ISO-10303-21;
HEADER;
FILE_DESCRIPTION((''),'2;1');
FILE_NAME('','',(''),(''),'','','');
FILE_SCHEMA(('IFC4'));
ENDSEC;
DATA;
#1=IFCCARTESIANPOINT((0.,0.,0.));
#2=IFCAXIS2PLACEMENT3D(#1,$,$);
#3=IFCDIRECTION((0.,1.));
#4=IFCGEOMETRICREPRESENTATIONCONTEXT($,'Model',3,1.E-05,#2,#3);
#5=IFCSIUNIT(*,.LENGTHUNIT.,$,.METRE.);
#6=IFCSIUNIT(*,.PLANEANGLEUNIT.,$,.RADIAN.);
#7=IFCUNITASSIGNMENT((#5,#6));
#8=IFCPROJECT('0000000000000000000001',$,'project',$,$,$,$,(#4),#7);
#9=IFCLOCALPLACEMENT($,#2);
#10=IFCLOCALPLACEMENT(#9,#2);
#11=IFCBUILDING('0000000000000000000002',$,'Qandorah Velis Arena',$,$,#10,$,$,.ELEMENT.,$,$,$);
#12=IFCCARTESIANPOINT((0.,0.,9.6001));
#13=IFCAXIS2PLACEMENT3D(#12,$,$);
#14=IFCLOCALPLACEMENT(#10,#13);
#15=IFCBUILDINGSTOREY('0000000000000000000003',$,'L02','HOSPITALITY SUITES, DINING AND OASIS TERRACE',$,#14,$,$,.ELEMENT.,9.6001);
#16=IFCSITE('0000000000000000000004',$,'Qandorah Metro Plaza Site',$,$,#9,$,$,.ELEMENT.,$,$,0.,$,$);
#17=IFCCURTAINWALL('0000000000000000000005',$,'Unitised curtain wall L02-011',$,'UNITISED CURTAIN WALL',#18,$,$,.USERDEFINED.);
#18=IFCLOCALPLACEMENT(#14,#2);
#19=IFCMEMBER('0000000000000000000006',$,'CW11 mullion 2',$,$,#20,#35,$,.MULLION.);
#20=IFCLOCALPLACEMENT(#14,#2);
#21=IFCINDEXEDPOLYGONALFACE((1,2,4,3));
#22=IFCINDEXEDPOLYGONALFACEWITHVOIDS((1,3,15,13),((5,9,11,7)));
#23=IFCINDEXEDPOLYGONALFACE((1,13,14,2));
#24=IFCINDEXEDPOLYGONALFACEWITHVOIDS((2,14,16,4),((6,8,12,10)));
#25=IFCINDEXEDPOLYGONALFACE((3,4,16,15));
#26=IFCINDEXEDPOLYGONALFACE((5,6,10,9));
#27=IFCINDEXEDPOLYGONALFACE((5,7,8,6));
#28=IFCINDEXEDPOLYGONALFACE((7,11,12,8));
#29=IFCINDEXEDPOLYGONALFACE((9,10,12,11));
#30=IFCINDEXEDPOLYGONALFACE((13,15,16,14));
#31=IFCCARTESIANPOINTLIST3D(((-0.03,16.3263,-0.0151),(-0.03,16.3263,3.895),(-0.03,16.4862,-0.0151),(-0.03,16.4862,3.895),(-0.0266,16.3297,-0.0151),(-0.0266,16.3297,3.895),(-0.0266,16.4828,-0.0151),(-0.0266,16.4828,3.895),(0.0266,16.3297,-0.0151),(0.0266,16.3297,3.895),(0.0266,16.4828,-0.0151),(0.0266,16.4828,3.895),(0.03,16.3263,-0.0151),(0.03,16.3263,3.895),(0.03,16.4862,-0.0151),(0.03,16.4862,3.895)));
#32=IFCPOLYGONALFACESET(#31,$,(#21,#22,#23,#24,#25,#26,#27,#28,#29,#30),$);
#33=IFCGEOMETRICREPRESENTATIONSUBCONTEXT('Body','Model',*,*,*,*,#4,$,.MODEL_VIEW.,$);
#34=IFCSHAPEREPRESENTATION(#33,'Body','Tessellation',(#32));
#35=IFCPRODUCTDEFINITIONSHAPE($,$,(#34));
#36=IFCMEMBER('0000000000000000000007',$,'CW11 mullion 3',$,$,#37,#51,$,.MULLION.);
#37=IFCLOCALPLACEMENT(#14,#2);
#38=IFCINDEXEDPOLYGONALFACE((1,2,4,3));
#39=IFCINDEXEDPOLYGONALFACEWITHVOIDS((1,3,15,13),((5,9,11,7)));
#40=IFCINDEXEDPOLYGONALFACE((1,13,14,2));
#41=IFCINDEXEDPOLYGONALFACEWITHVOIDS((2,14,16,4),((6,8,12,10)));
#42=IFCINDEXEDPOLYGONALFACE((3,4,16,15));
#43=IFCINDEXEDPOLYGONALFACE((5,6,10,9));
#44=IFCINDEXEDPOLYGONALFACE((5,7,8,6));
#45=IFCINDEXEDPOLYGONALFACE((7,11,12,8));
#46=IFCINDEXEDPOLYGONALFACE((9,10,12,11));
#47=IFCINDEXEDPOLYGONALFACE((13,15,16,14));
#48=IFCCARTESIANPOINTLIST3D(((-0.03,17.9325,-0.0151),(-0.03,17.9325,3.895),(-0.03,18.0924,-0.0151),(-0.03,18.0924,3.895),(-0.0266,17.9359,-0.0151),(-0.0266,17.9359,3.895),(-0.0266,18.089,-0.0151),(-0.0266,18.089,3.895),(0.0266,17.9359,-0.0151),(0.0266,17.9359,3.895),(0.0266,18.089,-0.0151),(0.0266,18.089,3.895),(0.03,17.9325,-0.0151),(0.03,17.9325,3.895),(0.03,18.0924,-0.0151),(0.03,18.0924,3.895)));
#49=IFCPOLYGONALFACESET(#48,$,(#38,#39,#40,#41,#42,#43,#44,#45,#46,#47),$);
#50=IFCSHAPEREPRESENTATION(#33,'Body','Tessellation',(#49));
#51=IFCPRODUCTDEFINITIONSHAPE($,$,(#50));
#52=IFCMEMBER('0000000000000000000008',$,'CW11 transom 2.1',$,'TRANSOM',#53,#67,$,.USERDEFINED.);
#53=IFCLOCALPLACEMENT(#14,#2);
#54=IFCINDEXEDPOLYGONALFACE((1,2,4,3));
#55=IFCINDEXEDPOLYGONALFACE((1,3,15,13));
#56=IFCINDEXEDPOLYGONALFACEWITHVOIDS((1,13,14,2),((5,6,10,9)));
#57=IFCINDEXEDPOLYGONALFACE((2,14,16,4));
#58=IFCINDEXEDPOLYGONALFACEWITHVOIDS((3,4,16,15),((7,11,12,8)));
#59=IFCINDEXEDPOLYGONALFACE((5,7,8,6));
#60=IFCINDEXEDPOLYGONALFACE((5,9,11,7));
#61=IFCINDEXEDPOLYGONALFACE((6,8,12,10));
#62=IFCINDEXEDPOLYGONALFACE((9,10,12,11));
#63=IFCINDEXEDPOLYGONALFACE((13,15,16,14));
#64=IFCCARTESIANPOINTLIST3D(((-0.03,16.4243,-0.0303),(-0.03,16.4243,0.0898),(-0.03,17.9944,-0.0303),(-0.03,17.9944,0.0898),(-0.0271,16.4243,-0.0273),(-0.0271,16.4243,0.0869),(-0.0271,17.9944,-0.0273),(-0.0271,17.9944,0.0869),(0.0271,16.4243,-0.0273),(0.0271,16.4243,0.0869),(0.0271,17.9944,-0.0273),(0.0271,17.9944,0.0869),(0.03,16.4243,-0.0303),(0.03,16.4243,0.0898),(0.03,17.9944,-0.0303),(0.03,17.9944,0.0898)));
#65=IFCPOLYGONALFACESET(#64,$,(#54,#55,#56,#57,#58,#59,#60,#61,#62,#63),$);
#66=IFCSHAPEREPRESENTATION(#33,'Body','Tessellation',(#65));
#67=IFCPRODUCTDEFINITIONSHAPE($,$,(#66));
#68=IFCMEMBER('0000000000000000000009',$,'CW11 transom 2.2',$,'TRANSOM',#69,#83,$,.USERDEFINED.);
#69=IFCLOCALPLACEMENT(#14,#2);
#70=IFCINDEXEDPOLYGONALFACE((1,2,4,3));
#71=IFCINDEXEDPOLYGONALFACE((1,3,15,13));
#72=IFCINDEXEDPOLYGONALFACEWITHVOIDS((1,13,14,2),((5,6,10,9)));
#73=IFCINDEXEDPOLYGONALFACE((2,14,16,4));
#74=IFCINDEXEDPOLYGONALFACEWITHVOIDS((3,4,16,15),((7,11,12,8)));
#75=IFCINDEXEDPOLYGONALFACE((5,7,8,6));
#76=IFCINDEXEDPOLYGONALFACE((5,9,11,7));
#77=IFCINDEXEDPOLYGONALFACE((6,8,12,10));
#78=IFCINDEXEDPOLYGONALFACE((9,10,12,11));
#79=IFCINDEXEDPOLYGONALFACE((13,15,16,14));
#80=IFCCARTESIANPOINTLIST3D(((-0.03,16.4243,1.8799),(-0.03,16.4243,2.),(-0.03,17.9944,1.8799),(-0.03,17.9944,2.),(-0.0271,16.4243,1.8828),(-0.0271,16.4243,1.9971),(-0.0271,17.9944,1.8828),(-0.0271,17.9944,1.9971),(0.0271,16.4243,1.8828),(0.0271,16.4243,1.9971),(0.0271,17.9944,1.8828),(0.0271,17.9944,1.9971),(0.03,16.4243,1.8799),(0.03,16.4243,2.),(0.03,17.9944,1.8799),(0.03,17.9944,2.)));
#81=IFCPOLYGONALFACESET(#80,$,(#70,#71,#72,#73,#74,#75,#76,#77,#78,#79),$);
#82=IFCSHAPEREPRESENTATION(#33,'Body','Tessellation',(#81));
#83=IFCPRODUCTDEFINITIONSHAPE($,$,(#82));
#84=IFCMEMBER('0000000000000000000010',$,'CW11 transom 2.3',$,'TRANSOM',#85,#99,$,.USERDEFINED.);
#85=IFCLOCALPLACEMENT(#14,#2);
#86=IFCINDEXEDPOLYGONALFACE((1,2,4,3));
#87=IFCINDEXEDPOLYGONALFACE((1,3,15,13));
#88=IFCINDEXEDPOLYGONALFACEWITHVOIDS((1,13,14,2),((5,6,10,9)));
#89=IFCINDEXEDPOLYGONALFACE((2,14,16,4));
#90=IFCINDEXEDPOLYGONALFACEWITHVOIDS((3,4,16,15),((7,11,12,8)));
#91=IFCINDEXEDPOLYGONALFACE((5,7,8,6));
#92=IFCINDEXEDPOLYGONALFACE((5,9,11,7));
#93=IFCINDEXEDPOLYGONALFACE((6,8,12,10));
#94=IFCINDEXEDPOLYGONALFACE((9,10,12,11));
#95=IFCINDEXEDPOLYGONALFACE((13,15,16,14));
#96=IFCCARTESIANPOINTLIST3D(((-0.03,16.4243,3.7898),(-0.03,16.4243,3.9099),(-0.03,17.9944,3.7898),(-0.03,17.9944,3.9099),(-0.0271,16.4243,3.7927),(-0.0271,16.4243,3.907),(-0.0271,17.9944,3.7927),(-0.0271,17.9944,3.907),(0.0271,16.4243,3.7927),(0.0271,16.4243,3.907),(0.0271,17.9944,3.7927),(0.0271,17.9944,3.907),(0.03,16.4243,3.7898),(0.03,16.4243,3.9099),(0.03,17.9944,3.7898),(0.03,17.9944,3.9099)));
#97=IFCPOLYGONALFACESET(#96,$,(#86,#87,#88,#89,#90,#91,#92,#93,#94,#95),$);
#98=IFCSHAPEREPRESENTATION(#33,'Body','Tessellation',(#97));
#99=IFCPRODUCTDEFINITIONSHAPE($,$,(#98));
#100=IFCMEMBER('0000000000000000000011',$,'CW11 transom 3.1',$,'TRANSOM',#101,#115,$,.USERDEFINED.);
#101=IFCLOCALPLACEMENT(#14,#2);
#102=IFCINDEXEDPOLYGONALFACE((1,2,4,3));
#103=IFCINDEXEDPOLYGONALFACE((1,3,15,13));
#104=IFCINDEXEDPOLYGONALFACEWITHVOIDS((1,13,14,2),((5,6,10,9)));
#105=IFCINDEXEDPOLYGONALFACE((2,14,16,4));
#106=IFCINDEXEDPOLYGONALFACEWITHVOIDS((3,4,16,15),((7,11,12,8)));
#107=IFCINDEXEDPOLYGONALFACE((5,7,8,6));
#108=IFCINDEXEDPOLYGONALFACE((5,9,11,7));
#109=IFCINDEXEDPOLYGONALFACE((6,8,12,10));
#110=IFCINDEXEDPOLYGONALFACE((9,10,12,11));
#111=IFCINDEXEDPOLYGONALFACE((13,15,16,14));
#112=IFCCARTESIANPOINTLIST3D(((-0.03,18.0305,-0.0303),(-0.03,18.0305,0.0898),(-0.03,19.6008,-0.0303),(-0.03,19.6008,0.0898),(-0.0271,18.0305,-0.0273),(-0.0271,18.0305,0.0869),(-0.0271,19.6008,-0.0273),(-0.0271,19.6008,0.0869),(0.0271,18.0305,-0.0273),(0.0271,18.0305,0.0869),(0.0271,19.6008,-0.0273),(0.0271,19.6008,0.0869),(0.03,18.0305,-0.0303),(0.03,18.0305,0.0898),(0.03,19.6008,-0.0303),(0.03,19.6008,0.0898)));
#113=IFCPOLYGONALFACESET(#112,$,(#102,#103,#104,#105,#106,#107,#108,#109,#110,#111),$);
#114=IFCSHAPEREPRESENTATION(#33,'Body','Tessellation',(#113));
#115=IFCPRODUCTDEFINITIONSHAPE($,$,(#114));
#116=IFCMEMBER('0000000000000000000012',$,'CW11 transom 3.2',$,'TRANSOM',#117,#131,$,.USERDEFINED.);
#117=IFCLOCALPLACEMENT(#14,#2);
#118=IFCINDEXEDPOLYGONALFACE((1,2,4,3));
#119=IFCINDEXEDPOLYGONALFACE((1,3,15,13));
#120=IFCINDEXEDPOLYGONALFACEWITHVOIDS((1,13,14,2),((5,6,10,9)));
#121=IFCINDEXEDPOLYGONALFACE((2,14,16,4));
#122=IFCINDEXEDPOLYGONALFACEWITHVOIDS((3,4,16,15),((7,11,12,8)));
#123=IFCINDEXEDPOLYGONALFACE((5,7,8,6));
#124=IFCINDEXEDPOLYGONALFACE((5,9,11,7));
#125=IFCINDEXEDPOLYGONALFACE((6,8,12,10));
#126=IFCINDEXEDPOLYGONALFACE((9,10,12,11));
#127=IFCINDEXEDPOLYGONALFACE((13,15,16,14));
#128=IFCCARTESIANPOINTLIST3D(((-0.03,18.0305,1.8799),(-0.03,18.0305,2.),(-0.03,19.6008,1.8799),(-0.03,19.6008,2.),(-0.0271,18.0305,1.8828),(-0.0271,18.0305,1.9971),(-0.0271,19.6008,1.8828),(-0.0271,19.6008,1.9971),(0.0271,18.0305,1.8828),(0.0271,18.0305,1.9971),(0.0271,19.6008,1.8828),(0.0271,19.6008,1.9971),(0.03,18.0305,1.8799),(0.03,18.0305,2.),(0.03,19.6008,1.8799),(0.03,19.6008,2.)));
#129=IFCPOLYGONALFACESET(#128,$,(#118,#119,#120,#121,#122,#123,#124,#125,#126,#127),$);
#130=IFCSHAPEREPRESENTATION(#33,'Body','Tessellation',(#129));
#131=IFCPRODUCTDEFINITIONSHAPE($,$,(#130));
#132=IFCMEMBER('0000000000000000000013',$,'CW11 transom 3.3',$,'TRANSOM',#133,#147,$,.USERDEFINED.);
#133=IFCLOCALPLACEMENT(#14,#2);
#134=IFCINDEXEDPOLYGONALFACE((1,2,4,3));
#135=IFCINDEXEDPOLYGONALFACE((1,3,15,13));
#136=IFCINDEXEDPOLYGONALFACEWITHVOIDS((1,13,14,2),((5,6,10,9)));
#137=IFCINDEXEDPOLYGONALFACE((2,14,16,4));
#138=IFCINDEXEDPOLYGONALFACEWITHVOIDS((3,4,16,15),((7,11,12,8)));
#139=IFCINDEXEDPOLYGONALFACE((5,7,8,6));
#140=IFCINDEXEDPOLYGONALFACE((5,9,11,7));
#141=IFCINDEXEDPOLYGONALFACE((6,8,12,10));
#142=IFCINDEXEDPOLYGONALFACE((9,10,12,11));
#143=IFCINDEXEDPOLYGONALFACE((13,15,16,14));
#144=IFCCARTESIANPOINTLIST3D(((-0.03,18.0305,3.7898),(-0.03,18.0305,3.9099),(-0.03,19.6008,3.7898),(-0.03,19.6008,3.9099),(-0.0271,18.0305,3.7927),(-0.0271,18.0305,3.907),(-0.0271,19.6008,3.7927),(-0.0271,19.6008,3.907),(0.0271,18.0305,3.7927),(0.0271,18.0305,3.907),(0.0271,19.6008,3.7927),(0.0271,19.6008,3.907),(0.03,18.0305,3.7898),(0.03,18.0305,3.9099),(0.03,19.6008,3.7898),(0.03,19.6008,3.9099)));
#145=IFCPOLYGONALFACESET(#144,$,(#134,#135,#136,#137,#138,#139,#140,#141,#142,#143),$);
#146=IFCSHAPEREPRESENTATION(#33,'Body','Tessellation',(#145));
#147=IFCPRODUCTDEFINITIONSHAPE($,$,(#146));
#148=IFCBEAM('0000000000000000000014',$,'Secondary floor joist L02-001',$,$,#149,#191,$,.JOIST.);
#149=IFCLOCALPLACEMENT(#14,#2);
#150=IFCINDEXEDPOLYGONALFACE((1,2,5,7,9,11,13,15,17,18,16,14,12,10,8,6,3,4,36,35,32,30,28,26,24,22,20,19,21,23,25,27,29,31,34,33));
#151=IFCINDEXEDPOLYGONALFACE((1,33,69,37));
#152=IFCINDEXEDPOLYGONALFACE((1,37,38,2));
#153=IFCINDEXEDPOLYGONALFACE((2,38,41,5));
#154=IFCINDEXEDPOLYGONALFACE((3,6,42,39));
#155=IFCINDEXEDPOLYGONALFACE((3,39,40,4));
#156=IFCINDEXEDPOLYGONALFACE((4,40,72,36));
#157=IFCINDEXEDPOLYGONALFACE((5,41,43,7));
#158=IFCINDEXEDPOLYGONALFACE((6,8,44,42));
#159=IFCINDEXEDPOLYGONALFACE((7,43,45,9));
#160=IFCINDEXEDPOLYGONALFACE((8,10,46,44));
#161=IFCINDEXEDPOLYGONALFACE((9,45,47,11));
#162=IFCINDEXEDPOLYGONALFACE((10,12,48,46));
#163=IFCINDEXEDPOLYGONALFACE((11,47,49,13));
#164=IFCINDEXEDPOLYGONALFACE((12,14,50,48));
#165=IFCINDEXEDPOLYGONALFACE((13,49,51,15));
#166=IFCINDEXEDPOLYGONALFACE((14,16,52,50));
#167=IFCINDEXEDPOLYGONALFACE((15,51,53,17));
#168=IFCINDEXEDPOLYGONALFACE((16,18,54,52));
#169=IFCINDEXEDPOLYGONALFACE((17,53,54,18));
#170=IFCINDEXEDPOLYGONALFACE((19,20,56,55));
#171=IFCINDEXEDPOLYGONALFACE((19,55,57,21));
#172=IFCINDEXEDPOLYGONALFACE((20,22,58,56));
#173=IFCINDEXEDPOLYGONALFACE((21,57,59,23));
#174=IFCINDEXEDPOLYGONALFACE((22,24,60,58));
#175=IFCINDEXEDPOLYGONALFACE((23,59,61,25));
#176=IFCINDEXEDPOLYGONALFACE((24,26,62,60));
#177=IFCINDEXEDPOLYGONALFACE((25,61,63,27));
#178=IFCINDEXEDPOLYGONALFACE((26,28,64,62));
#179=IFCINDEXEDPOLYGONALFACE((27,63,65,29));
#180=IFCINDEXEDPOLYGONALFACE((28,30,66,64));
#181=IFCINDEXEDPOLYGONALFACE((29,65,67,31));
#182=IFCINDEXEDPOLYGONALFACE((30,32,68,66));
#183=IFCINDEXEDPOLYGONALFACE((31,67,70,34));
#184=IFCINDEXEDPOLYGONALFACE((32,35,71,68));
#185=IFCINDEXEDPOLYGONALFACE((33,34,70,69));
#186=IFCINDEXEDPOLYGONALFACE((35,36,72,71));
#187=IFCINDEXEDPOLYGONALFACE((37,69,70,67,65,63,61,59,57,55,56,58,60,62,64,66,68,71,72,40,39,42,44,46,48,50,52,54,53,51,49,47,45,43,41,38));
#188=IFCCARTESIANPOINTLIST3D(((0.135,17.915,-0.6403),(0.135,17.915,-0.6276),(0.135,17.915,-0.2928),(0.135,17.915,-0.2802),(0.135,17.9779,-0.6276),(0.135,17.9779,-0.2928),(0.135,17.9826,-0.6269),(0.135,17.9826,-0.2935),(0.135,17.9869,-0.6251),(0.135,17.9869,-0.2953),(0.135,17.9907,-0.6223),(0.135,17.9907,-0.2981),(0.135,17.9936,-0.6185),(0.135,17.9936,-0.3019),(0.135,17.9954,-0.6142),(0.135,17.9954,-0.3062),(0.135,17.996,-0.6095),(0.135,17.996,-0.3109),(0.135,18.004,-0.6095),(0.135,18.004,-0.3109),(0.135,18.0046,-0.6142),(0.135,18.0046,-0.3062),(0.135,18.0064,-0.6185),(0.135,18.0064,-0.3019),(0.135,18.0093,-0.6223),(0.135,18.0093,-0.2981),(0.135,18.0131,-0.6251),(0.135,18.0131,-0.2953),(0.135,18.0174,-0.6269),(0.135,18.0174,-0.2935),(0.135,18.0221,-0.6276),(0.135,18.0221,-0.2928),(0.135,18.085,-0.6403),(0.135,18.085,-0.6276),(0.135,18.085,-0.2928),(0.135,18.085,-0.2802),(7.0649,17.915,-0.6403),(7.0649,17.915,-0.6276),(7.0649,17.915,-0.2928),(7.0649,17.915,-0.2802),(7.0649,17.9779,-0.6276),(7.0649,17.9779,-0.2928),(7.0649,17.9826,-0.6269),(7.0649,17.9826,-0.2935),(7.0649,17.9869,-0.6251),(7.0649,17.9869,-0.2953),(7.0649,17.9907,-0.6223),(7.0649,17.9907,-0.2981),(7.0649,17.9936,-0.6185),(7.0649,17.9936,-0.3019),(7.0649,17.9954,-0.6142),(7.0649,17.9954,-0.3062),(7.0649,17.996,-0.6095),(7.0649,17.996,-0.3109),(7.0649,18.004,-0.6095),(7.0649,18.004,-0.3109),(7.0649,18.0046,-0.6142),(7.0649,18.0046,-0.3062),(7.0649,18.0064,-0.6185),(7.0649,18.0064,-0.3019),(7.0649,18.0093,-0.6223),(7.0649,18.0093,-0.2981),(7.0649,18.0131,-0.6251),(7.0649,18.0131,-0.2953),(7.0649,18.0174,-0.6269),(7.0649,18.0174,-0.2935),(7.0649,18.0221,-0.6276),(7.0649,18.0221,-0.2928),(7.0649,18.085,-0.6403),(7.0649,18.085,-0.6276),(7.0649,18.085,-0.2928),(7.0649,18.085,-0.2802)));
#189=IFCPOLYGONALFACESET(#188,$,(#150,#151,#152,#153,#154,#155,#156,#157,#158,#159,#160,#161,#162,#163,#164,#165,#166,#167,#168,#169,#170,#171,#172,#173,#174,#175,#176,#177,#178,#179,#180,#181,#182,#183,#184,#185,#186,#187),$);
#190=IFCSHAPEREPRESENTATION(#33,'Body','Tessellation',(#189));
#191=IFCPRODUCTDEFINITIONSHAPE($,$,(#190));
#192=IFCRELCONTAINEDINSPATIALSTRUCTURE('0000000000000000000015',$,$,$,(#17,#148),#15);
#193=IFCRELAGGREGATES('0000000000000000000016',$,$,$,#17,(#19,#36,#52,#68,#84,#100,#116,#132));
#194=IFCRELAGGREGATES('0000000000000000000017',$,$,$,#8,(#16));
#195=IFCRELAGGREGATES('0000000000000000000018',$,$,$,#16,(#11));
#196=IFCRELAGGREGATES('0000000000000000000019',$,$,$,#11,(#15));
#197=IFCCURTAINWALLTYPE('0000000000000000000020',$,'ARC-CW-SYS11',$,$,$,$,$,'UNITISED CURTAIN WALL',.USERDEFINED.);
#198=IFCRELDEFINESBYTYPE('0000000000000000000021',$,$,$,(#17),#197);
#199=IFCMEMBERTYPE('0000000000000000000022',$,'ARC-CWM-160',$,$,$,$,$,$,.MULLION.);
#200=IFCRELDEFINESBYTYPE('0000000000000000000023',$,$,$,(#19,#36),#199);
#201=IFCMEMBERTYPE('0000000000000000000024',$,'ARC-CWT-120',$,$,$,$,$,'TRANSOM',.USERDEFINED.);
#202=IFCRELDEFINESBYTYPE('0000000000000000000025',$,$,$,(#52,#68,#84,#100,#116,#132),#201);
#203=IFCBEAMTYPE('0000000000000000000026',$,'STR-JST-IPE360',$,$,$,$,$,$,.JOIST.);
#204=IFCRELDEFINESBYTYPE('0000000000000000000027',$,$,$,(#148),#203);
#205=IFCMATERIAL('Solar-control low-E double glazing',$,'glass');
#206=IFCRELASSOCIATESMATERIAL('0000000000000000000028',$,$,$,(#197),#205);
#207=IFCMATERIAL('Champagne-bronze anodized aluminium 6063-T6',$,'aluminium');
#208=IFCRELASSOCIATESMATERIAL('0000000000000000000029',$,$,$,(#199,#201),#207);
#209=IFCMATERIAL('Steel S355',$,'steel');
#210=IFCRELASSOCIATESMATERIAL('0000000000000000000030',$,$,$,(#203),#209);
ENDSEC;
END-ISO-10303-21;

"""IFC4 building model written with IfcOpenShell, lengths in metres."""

from ifc_helpers import new_model, si_unit, direction, frame, origin, origin_2d, place, context, subcontext, project, spatial, hollow_rectangle, i_section, extrude, material, material_profile, profile_set, type_object, element, aggregate, save


model = new_model("IFC4")

# Units and contexts
model_context = context("Model", 3, precision=1e-05, world=origin(), true_north=direction((0.0, 1.0)))
body_context = subcontext(model_context, "Body", "Model", "MODEL_VIEW")
ifc_project = project(units=[si_unit("LENGTHUNIT", "METRE"), si_unit("PLANEANGLEUNIT", "RADIAN")], contexts=[model_context])

# Site, building, storey
site_placement = place(None, origin())
site = spatial("IfcSite", under=ifc_project, at=site_placement, Name="Qandorah Metro Plaza Site", CompositionType="ELEMENT", RefElevation=0.0)
building_placement = place(site_placement, origin())
building = spatial("IfcBuilding", under=site, at=building_placement, Name="Qandorah Velis Arena", CompositionType="ELEMENT")
storey_placement = place(building_placement, frame((0.0, 0.0, 9.6001)))
storey = spatial("IfcBuildingStorey", under=building, at=storey_placement, Name="L02", Description="HOSPITALITY SUITES, DINING AND OASIS TERRACE", CompositionType="ELEMENT", Elevation=9.6001)

# Curtain wall, members
ifc_material_1 = material(Name="Solar-control low-E double glazing", Category="glass")
curtain_wall_type = type_object("IfcCurtainWallType", Name="ARC-CW-SYS11", ElementType="UNITISED CURTAIN WALL", PredefinedType="USERDEFINED", material=ifc_material_1)
curtain_wall_placement = place(storey_placement, origin())
curtain_wall = element("IfcCurtainWall", 1, at=curtain_wall_placement, inside=storey, type_object=curtain_wall_type, Name="Unitised curtain wall L02-011", ObjectType="UNITISED CURTAIN WALL", PredefinedType="USERDEFINED")
ifc_material_2 = material(Name="Champagne-bronze anodized aluminium 6063-T6", Category="aluminium")
ifc_material_profile_1 = material_profile(ifc_material_2, hollow_rectangle(XDim=0.0601, YDim=0.1599, WallThickness=0.0034, at=origin_2d()), Name="ALU MULLION 60x160")
ifc_profile_set_1 = profile_set([ifc_material_profile_1], Name="Champagne-bronze anodized aluminium 6063-T6")
member_type_1 = type_object("IfcMemberType", Name="ARC-CWM-160", PredefinedType="MULLION", material=ifc_profile_set_1)
member_1_placement = place(storey_placement, frame((0.0, 16.4062, -0.0151), z_axis=(0.0, 0.0, 1.0), x_axis=(-1.0, 0.0, 0.0)))
member_1 = element("IfcMember", 2, at=member_1_placement, type_object=member_type_1, Name="CW11 mullion 2", PredefinedType="MULLION", context=body_context, shape_type="SweptSolid", body=[
    extrude(hollow_rectangle(XDim=0.0601, YDim=0.1599, WallThickness=0.0034, at=origin_2d()), origin(), (0.0, 0.0, 1.0), 3.9102),
])
member_2_placement = place(storey_placement, frame((0.0, 18.0125, -0.0151), z_axis=(0.0, 0.0, 1.0), x_axis=(-1.0, 0.0, 0.0)))
member_2 = element("IfcMember", 3, at=member_2_placement, type_object=member_type_1, Name="CW11 mullion 3", PredefinedType="MULLION", context=body_context, shape_type="SweptSolid", body=[
    extrude(hollow_rectangle(XDim=0.0601, YDim=0.1599, WallThickness=0.0034, at=origin_2d()), origin(), (0.0, 0.0, 1.0), 3.9102),
])
ifc_material_profile_2 = material_profile(ifc_material_2, hollow_rectangle(XDim=0.0601, YDim=0.1201, WallThickness=0.0029, at=origin_2d()), Name="ALU TRANSOM 60x120")
ifc_profile_set_2 = profile_set([ifc_material_profile_2], Name="Champagne-bronze anodized aluminium 6063-T6")
member_type_2 = type_object("IfcMemberType", Name="ARC-CWT-120", ElementType="TRANSOM", PredefinedType="USERDEFINED", material=ifc_profile_set_2)
member_3_placement = place(storey_placement, frame((0.0, 16.4243, 0.0298), z_axis=(0.0, 1.0, 0.0), x_axis=(-1.0, 0.0, 0.0)))
member_3 = element("IfcMember", 4, at=member_3_placement, type_object=member_type_2, Name="CW11 transom 2.1", ObjectType="TRANSOM", PredefinedType="USERDEFINED", context=body_context, shape_type="SweptSolid", body=[
    extrude(hollow_rectangle(XDim=0.0601, YDim=0.1201, WallThickness=0.0029, at=origin_2d()), origin(), (0.0, 0.0, 1.0), 1.5701),
])
member_4_placement = place(storey_placement, frame((0.0, 16.4243, 1.9399), z_axis=(0.0, 1.0, 0.0), x_axis=(-1.0, 0.0, 0.0)))
member_4 = element("IfcMember", 5, at=member_4_placement, type_object=member_type_2, Name="CW11 transom 2.2", ObjectType="TRANSOM", PredefinedType="USERDEFINED", context=body_context, shape_type="SweptSolid", body=[
    extrude(hollow_rectangle(XDim=0.0601, YDim=0.1201, WallThickness=0.0029, at=origin_2d()), origin(), (0.0, 0.0, 1.0), 1.5701),
])
member_5_placement = place(storey_placement, frame((0.0, 16.4243, 3.8499), z_axis=(0.0, 1.0, 0.0), x_axis=(-1.0, 0.0, 0.0)))
member_5 = element("IfcMember", 6, at=member_5_placement, type_object=member_type_2, Name="CW11 transom 2.3", ObjectType="TRANSOM", PredefinedType="USERDEFINED", context=body_context, shape_type="SweptSolid", body=[
    extrude(hollow_rectangle(XDim=0.0601, YDim=0.1201, WallThickness=0.0029, at=origin_2d()), origin(), (0.0, 0.0, 1.0), 1.5701),
])
member_6_placement = place(storey_placement, frame((0.0, 18.0305, 0.0298), z_axis=(0.0, 1.0, 0.0), x_axis=(-1.0, 0.0, 0.0)))
member_6 = element("IfcMember", 7, at=member_6_placement, type_object=member_type_2, Name="CW11 transom 3.1", ObjectType="TRANSOM", PredefinedType="USERDEFINED", context=body_context, shape_type="SweptSolid", body=[
    extrude(hollow_rectangle(XDim=0.0601, YDim=0.1201, WallThickness=0.0029, at=origin_2d()), origin(), (0.0, 0.0, 1.0), 1.5703),
])
member_7_placement = place(storey_placement, frame((0.0, 18.0305, 1.9399), z_axis=(0.0, 1.0, 0.0), x_axis=(-1.0, 0.0, 0.0)))
member_7 = element("IfcMember", 8, at=member_7_placement, type_object=member_type_2, Name="CW11 transom 3.2", ObjectType="TRANSOM", PredefinedType="USERDEFINED", context=body_context, shape_type="SweptSolid", body=[
    extrude(hollow_rectangle(XDim=0.0601, YDim=0.1201, WallThickness=0.0029, at=origin_2d()), origin(), (0.0, 0.0, 1.0), 1.5703),
])
member_8_placement = place(storey_placement, frame((0.0, 18.0305, 3.8499), z_axis=(0.0, 1.0, 0.0), x_axis=(-1.0, 0.0, 0.0)))
member_8 = element("IfcMember", 9, at=member_8_placement, type_object=member_type_2, Name="CW11 transom 3.3", ObjectType="TRANSOM", PredefinedType="USERDEFINED", context=body_context, shape_type="SweptSolid", body=[
    extrude(hollow_rectangle(XDim=0.0601, YDim=0.1201, WallThickness=0.0029, at=origin_2d()), origin(), (0.0, 0.0, 1.0), 1.5703),
])

# Beam
ifc_material_3 = material(Name="Steel S355", Category="steel")
ifc_material_profile_3 = material_profile(ifc_material_3, i_section(OverallWidth=0.1699, OverallDepth=0.3601, WebThickness=0.0081, FlangeThickness=0.0127, FilletRadius=0.0181, at=origin_2d()), Name="IPE 360")
ifc_profile_set_3 = profile_set([ifc_material_profile_3], Name="Steel S355")
beam_type = type_object("IfcBeamType", Name="STR-JST-IPE360", PredefinedType="JOIST", material=ifc_profile_set_3)
for number, where, z_axis, x_axis, name in (
    (10, (0.135, 18.0, -0.4602), (1.0, 0.0, 0.0), (0.0, 1.0, 0.0), "Secondary floor joist L02-001"),
):
    element("IfcBeam", number, at=place(storey_placement, frame(where, z_axis=z_axis, x_axis=x_axis)), inside=storey, type_object=beam_type, Name=name, PredefinedType="JOIST", context=body_context, shape_type="SweptSolid", body=[
        extrude(i_section(OverallWidth=0.1699, OverallDepth=0.3601, WebThickness=0.0081, FlangeThickness=0.0127, FilletRadius=0.0181, at=origin_2d()), origin(), (0.0, 0.0, 1.0), 6.9299),
    ])

aggregate(curtain_wall, [member_1, member_2, member_3, member_4, member_5, member_6, member_7, member_8])

save(model, "model.ifc")
